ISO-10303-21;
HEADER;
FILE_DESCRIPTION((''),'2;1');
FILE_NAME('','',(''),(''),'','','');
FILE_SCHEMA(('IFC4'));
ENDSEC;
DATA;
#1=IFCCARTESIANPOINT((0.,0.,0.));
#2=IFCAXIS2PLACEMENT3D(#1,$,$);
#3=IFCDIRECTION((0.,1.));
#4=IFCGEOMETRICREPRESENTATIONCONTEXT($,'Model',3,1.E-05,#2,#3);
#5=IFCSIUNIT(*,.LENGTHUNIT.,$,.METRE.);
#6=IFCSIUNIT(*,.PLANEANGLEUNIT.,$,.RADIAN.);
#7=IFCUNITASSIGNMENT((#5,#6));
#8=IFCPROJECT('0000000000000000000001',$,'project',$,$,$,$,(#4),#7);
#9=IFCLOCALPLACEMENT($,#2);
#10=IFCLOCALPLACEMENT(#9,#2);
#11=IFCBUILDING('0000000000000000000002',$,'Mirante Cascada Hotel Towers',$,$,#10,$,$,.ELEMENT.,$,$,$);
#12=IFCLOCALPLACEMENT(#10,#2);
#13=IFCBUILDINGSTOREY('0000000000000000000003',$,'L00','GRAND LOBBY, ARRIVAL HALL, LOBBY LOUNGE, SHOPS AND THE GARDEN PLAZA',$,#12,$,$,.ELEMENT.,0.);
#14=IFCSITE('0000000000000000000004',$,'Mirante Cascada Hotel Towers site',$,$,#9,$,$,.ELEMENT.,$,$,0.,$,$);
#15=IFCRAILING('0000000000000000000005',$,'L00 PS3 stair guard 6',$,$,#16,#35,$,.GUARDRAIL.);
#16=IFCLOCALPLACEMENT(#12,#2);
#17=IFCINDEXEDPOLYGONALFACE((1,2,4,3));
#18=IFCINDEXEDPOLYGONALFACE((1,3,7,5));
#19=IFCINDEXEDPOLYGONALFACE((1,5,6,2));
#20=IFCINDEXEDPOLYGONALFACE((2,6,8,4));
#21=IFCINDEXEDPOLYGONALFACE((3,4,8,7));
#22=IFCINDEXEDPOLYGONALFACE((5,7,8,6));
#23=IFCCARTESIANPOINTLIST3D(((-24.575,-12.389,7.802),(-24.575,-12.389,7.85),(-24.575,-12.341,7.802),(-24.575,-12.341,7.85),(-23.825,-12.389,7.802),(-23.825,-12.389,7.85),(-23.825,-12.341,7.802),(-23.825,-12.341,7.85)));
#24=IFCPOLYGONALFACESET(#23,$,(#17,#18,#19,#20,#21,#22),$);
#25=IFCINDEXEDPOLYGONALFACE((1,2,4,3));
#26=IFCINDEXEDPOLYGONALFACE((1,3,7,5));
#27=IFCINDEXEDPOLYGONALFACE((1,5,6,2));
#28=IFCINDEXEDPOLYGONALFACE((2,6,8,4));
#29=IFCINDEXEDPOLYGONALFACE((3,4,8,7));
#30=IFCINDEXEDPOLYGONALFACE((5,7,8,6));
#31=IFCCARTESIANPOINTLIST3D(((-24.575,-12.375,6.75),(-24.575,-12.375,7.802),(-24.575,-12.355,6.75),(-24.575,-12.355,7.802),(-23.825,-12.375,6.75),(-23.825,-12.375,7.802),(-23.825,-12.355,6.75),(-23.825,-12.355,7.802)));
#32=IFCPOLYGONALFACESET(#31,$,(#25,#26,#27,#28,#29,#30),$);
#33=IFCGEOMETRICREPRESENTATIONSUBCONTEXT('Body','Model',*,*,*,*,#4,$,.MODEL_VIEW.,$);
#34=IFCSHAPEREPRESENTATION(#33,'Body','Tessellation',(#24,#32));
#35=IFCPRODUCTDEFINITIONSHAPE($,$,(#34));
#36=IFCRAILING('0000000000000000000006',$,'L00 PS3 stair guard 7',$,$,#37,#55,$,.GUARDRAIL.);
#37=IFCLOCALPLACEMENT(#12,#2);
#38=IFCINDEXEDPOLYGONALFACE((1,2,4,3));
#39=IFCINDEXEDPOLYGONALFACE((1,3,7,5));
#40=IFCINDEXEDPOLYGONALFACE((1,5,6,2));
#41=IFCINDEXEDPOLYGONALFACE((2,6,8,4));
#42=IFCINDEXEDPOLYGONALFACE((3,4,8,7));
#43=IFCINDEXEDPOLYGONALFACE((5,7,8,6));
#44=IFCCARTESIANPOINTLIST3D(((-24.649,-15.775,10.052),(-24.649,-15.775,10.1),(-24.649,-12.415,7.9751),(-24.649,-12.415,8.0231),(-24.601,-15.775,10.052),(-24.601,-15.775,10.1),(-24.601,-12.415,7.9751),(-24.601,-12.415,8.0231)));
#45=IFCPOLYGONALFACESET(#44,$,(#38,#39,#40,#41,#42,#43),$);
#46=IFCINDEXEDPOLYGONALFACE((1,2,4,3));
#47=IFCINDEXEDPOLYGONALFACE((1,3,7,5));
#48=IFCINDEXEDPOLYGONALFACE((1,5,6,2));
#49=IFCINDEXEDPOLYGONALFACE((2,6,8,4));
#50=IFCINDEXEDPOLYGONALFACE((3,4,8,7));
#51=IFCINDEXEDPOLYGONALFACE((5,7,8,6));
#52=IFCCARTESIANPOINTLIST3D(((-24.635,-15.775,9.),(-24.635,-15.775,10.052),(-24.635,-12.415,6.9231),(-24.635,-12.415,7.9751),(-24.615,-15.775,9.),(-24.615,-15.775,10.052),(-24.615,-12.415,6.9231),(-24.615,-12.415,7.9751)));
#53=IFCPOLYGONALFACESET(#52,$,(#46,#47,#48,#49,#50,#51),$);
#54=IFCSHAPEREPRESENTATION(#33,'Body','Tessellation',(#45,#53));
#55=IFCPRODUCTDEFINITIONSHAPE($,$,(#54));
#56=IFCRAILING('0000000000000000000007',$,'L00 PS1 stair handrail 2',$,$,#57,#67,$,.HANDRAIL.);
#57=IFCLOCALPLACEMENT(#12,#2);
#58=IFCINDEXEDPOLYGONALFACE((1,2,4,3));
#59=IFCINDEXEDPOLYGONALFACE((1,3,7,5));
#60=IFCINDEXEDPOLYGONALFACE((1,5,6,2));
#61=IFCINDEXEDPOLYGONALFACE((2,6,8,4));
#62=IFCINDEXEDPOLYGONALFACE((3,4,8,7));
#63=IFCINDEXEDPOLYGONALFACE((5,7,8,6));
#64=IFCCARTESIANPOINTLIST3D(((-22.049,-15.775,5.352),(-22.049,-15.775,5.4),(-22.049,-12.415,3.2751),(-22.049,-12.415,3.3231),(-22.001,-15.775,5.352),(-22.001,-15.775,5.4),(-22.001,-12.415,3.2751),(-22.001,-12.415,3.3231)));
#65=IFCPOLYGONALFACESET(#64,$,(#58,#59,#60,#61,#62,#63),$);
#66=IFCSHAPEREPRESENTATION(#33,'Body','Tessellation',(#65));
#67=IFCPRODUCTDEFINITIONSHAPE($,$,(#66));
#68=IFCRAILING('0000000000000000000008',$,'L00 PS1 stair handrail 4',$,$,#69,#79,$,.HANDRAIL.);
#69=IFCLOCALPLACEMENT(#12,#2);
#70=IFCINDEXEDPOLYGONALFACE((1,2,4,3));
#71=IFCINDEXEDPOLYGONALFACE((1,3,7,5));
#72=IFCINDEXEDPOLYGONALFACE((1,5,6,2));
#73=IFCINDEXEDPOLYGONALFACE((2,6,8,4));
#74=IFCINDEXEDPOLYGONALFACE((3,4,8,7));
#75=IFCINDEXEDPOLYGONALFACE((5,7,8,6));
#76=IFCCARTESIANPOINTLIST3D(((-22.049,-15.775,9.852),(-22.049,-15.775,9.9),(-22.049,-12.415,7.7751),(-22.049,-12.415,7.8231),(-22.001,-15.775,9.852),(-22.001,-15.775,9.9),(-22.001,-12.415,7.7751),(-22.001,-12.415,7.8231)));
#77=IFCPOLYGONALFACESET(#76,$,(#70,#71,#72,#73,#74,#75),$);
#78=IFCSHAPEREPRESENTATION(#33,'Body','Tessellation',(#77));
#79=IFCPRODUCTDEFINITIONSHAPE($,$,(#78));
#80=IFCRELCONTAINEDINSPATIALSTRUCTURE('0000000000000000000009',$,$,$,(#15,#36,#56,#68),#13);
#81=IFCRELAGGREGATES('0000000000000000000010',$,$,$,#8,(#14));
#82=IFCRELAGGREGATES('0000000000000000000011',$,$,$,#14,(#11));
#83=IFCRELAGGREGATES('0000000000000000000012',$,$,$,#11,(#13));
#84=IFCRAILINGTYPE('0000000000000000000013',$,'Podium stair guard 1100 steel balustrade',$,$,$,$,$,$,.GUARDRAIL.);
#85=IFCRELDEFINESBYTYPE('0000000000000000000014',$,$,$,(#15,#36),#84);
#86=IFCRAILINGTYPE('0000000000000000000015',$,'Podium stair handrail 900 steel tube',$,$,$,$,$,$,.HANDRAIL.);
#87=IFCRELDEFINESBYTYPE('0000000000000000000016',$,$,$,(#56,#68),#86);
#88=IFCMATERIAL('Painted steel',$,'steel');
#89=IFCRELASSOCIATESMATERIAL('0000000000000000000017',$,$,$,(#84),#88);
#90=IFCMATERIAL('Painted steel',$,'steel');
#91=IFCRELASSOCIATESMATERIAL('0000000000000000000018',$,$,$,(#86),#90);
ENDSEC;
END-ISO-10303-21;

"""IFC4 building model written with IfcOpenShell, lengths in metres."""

from ifc_helpers import new_model, si_unit, direction, frame, origin, origin_2d, place, context, subcontext, project, spatial, rectangle, extrude, material, type_object, element, save


model = new_model("IFC4")

# Units and contexts
model_context = context("Model", 3, precision=1e-05, world=origin(), true_north=direction((0.0, 1.0)))
body_context = subcontext(model_context, "Body", "Model", "MODEL_VIEW")
ifc_project = project(units=[si_unit("LENGTHUNIT", "METRE"), si_unit("PLANEANGLEUNIT", "RADIAN")], contexts=[model_context])

# Site, building, storey
site_placement = place(None, origin())
site = spatial("IfcSite", under=ifc_project, at=site_placement, Name="Mirante Cascada Hotel Towers site", CompositionType="ELEMENT", RefElevation=0.0)
building_placement = place(site_placement, origin())
building = spatial("IfcBuilding", under=site, at=building_placement, Name="Mirante Cascada Hotel Towers", CompositionType="ELEMENT")
storey_placement = place(building_placement, origin())
storey = spatial("IfcBuildingStorey", under=building, at=storey_placement, Name="L00", Description="GRAND LOBBY, ARRIVAL HALL, LOBBY LOUNGE, SHOPS AND THE GARDEN PLAZA", CompositionType="ELEMENT", Elevation=0.0)

# Railings
ifc_material_1 = material(Name="Painted steel", Category="steel")
railing_type_1 = type_object("IfcRailingType", Name="Podium stair guard 1100 steel balustrade", PredefinedType="GUARDRAIL", material=ifc_material_1)
for number, where, name in (
    (1, (-23.825, -12.365, 6.75), "L00 PS3 stair guard 6"),
):
    element("IfcRailing", number, at=place(storey_placement, frame(where)), inside=storey, type_object=railing_type_1, Name=name, PredefinedType="GUARDRAIL", context=body_context, shape_type="SweptSolid", body=[
        extrude(rectangle(XDim=0.048, YDim=0.048, at=origin_2d()), frame((0.0, 0.0, 1.076), z_axis=(-1.0, 0.0, 0.0), x_axis=(0.0, -1.0, 0.0)), (0.0, 0.0, 1.0), 0.75),
        extrude(rectangle(XDim=0.02, YDim=1.052, at=origin_2d()), frame((0.0, 0.0, 0.526), z_axis=(-1.0, 0.0, 0.0), x_axis=(0.0, -1.0, 0.0)), (0.0, 0.0, 1.0), 0.75),
    ])
railing_1_placement = place(storey_placement, frame((-24.625, -12.415, 6.9231)))
element("IfcRailing", 2, at=railing_1_placement, inside=storey, type_object=railing_type_1, Name="L00 PS3 stair guard 7", PredefinedType="GUARDRAIL", context=body_context, shape_type="SweptSolid", body=[
    extrude(rectangle(XDim=0.048, YDim=0.048, at=origin_2d()), frame((0.0, 0.0, 1.076), z_axis=(0.0, -1.0, 0.0), x_axis=(1.0, 0.0, 0.0)), (0.0, 0.525787, 0.850616), 3.9501),
    extrude(rectangle(XDim=0.02, YDim=1.052, at=origin_2d()), frame((0.0, 0.0, 0.526), z_axis=(0.0, -1.0, 0.0), x_axis=(1.0, 0.0, 0.0)), (0.0, 0.525787, 0.850616), 3.9501),
])
ifc_material_2 = material(Name="Painted steel", Category="steel")
railing_type_2 = type_object("IfcRailingType", Name="Podium stair handrail 900 steel tube", PredefinedType="HANDRAIL", material=ifc_material_2)
for number, where, name in (
    (3, (-22.025, -12.415, 2.4231), "L00 PS1 stair handrail 2"),
    (4, (-22.025, -12.415, 6.9231), "L00 PS1 stair handrail 4"),
):
    element("IfcRailing", number, at=place(storey_placement, frame(where)), inside=storey, type_object=railing_type_2, Name=name, PredefinedType="HANDRAIL", context=body_context, shape_type="SweptSolid", body=[
        extrude(rectangle(XDim=0.048, YDim=0.048, at=origin_2d()), frame((0.0, 0.0, 0.876), z_axis=(0.0, -1.0, 0.0), x_axis=(1.0, 0.0, 0.0)), (0.0, 0.525787, 0.850616), 3.9501),
    ])

save(model, "model.ifc")
